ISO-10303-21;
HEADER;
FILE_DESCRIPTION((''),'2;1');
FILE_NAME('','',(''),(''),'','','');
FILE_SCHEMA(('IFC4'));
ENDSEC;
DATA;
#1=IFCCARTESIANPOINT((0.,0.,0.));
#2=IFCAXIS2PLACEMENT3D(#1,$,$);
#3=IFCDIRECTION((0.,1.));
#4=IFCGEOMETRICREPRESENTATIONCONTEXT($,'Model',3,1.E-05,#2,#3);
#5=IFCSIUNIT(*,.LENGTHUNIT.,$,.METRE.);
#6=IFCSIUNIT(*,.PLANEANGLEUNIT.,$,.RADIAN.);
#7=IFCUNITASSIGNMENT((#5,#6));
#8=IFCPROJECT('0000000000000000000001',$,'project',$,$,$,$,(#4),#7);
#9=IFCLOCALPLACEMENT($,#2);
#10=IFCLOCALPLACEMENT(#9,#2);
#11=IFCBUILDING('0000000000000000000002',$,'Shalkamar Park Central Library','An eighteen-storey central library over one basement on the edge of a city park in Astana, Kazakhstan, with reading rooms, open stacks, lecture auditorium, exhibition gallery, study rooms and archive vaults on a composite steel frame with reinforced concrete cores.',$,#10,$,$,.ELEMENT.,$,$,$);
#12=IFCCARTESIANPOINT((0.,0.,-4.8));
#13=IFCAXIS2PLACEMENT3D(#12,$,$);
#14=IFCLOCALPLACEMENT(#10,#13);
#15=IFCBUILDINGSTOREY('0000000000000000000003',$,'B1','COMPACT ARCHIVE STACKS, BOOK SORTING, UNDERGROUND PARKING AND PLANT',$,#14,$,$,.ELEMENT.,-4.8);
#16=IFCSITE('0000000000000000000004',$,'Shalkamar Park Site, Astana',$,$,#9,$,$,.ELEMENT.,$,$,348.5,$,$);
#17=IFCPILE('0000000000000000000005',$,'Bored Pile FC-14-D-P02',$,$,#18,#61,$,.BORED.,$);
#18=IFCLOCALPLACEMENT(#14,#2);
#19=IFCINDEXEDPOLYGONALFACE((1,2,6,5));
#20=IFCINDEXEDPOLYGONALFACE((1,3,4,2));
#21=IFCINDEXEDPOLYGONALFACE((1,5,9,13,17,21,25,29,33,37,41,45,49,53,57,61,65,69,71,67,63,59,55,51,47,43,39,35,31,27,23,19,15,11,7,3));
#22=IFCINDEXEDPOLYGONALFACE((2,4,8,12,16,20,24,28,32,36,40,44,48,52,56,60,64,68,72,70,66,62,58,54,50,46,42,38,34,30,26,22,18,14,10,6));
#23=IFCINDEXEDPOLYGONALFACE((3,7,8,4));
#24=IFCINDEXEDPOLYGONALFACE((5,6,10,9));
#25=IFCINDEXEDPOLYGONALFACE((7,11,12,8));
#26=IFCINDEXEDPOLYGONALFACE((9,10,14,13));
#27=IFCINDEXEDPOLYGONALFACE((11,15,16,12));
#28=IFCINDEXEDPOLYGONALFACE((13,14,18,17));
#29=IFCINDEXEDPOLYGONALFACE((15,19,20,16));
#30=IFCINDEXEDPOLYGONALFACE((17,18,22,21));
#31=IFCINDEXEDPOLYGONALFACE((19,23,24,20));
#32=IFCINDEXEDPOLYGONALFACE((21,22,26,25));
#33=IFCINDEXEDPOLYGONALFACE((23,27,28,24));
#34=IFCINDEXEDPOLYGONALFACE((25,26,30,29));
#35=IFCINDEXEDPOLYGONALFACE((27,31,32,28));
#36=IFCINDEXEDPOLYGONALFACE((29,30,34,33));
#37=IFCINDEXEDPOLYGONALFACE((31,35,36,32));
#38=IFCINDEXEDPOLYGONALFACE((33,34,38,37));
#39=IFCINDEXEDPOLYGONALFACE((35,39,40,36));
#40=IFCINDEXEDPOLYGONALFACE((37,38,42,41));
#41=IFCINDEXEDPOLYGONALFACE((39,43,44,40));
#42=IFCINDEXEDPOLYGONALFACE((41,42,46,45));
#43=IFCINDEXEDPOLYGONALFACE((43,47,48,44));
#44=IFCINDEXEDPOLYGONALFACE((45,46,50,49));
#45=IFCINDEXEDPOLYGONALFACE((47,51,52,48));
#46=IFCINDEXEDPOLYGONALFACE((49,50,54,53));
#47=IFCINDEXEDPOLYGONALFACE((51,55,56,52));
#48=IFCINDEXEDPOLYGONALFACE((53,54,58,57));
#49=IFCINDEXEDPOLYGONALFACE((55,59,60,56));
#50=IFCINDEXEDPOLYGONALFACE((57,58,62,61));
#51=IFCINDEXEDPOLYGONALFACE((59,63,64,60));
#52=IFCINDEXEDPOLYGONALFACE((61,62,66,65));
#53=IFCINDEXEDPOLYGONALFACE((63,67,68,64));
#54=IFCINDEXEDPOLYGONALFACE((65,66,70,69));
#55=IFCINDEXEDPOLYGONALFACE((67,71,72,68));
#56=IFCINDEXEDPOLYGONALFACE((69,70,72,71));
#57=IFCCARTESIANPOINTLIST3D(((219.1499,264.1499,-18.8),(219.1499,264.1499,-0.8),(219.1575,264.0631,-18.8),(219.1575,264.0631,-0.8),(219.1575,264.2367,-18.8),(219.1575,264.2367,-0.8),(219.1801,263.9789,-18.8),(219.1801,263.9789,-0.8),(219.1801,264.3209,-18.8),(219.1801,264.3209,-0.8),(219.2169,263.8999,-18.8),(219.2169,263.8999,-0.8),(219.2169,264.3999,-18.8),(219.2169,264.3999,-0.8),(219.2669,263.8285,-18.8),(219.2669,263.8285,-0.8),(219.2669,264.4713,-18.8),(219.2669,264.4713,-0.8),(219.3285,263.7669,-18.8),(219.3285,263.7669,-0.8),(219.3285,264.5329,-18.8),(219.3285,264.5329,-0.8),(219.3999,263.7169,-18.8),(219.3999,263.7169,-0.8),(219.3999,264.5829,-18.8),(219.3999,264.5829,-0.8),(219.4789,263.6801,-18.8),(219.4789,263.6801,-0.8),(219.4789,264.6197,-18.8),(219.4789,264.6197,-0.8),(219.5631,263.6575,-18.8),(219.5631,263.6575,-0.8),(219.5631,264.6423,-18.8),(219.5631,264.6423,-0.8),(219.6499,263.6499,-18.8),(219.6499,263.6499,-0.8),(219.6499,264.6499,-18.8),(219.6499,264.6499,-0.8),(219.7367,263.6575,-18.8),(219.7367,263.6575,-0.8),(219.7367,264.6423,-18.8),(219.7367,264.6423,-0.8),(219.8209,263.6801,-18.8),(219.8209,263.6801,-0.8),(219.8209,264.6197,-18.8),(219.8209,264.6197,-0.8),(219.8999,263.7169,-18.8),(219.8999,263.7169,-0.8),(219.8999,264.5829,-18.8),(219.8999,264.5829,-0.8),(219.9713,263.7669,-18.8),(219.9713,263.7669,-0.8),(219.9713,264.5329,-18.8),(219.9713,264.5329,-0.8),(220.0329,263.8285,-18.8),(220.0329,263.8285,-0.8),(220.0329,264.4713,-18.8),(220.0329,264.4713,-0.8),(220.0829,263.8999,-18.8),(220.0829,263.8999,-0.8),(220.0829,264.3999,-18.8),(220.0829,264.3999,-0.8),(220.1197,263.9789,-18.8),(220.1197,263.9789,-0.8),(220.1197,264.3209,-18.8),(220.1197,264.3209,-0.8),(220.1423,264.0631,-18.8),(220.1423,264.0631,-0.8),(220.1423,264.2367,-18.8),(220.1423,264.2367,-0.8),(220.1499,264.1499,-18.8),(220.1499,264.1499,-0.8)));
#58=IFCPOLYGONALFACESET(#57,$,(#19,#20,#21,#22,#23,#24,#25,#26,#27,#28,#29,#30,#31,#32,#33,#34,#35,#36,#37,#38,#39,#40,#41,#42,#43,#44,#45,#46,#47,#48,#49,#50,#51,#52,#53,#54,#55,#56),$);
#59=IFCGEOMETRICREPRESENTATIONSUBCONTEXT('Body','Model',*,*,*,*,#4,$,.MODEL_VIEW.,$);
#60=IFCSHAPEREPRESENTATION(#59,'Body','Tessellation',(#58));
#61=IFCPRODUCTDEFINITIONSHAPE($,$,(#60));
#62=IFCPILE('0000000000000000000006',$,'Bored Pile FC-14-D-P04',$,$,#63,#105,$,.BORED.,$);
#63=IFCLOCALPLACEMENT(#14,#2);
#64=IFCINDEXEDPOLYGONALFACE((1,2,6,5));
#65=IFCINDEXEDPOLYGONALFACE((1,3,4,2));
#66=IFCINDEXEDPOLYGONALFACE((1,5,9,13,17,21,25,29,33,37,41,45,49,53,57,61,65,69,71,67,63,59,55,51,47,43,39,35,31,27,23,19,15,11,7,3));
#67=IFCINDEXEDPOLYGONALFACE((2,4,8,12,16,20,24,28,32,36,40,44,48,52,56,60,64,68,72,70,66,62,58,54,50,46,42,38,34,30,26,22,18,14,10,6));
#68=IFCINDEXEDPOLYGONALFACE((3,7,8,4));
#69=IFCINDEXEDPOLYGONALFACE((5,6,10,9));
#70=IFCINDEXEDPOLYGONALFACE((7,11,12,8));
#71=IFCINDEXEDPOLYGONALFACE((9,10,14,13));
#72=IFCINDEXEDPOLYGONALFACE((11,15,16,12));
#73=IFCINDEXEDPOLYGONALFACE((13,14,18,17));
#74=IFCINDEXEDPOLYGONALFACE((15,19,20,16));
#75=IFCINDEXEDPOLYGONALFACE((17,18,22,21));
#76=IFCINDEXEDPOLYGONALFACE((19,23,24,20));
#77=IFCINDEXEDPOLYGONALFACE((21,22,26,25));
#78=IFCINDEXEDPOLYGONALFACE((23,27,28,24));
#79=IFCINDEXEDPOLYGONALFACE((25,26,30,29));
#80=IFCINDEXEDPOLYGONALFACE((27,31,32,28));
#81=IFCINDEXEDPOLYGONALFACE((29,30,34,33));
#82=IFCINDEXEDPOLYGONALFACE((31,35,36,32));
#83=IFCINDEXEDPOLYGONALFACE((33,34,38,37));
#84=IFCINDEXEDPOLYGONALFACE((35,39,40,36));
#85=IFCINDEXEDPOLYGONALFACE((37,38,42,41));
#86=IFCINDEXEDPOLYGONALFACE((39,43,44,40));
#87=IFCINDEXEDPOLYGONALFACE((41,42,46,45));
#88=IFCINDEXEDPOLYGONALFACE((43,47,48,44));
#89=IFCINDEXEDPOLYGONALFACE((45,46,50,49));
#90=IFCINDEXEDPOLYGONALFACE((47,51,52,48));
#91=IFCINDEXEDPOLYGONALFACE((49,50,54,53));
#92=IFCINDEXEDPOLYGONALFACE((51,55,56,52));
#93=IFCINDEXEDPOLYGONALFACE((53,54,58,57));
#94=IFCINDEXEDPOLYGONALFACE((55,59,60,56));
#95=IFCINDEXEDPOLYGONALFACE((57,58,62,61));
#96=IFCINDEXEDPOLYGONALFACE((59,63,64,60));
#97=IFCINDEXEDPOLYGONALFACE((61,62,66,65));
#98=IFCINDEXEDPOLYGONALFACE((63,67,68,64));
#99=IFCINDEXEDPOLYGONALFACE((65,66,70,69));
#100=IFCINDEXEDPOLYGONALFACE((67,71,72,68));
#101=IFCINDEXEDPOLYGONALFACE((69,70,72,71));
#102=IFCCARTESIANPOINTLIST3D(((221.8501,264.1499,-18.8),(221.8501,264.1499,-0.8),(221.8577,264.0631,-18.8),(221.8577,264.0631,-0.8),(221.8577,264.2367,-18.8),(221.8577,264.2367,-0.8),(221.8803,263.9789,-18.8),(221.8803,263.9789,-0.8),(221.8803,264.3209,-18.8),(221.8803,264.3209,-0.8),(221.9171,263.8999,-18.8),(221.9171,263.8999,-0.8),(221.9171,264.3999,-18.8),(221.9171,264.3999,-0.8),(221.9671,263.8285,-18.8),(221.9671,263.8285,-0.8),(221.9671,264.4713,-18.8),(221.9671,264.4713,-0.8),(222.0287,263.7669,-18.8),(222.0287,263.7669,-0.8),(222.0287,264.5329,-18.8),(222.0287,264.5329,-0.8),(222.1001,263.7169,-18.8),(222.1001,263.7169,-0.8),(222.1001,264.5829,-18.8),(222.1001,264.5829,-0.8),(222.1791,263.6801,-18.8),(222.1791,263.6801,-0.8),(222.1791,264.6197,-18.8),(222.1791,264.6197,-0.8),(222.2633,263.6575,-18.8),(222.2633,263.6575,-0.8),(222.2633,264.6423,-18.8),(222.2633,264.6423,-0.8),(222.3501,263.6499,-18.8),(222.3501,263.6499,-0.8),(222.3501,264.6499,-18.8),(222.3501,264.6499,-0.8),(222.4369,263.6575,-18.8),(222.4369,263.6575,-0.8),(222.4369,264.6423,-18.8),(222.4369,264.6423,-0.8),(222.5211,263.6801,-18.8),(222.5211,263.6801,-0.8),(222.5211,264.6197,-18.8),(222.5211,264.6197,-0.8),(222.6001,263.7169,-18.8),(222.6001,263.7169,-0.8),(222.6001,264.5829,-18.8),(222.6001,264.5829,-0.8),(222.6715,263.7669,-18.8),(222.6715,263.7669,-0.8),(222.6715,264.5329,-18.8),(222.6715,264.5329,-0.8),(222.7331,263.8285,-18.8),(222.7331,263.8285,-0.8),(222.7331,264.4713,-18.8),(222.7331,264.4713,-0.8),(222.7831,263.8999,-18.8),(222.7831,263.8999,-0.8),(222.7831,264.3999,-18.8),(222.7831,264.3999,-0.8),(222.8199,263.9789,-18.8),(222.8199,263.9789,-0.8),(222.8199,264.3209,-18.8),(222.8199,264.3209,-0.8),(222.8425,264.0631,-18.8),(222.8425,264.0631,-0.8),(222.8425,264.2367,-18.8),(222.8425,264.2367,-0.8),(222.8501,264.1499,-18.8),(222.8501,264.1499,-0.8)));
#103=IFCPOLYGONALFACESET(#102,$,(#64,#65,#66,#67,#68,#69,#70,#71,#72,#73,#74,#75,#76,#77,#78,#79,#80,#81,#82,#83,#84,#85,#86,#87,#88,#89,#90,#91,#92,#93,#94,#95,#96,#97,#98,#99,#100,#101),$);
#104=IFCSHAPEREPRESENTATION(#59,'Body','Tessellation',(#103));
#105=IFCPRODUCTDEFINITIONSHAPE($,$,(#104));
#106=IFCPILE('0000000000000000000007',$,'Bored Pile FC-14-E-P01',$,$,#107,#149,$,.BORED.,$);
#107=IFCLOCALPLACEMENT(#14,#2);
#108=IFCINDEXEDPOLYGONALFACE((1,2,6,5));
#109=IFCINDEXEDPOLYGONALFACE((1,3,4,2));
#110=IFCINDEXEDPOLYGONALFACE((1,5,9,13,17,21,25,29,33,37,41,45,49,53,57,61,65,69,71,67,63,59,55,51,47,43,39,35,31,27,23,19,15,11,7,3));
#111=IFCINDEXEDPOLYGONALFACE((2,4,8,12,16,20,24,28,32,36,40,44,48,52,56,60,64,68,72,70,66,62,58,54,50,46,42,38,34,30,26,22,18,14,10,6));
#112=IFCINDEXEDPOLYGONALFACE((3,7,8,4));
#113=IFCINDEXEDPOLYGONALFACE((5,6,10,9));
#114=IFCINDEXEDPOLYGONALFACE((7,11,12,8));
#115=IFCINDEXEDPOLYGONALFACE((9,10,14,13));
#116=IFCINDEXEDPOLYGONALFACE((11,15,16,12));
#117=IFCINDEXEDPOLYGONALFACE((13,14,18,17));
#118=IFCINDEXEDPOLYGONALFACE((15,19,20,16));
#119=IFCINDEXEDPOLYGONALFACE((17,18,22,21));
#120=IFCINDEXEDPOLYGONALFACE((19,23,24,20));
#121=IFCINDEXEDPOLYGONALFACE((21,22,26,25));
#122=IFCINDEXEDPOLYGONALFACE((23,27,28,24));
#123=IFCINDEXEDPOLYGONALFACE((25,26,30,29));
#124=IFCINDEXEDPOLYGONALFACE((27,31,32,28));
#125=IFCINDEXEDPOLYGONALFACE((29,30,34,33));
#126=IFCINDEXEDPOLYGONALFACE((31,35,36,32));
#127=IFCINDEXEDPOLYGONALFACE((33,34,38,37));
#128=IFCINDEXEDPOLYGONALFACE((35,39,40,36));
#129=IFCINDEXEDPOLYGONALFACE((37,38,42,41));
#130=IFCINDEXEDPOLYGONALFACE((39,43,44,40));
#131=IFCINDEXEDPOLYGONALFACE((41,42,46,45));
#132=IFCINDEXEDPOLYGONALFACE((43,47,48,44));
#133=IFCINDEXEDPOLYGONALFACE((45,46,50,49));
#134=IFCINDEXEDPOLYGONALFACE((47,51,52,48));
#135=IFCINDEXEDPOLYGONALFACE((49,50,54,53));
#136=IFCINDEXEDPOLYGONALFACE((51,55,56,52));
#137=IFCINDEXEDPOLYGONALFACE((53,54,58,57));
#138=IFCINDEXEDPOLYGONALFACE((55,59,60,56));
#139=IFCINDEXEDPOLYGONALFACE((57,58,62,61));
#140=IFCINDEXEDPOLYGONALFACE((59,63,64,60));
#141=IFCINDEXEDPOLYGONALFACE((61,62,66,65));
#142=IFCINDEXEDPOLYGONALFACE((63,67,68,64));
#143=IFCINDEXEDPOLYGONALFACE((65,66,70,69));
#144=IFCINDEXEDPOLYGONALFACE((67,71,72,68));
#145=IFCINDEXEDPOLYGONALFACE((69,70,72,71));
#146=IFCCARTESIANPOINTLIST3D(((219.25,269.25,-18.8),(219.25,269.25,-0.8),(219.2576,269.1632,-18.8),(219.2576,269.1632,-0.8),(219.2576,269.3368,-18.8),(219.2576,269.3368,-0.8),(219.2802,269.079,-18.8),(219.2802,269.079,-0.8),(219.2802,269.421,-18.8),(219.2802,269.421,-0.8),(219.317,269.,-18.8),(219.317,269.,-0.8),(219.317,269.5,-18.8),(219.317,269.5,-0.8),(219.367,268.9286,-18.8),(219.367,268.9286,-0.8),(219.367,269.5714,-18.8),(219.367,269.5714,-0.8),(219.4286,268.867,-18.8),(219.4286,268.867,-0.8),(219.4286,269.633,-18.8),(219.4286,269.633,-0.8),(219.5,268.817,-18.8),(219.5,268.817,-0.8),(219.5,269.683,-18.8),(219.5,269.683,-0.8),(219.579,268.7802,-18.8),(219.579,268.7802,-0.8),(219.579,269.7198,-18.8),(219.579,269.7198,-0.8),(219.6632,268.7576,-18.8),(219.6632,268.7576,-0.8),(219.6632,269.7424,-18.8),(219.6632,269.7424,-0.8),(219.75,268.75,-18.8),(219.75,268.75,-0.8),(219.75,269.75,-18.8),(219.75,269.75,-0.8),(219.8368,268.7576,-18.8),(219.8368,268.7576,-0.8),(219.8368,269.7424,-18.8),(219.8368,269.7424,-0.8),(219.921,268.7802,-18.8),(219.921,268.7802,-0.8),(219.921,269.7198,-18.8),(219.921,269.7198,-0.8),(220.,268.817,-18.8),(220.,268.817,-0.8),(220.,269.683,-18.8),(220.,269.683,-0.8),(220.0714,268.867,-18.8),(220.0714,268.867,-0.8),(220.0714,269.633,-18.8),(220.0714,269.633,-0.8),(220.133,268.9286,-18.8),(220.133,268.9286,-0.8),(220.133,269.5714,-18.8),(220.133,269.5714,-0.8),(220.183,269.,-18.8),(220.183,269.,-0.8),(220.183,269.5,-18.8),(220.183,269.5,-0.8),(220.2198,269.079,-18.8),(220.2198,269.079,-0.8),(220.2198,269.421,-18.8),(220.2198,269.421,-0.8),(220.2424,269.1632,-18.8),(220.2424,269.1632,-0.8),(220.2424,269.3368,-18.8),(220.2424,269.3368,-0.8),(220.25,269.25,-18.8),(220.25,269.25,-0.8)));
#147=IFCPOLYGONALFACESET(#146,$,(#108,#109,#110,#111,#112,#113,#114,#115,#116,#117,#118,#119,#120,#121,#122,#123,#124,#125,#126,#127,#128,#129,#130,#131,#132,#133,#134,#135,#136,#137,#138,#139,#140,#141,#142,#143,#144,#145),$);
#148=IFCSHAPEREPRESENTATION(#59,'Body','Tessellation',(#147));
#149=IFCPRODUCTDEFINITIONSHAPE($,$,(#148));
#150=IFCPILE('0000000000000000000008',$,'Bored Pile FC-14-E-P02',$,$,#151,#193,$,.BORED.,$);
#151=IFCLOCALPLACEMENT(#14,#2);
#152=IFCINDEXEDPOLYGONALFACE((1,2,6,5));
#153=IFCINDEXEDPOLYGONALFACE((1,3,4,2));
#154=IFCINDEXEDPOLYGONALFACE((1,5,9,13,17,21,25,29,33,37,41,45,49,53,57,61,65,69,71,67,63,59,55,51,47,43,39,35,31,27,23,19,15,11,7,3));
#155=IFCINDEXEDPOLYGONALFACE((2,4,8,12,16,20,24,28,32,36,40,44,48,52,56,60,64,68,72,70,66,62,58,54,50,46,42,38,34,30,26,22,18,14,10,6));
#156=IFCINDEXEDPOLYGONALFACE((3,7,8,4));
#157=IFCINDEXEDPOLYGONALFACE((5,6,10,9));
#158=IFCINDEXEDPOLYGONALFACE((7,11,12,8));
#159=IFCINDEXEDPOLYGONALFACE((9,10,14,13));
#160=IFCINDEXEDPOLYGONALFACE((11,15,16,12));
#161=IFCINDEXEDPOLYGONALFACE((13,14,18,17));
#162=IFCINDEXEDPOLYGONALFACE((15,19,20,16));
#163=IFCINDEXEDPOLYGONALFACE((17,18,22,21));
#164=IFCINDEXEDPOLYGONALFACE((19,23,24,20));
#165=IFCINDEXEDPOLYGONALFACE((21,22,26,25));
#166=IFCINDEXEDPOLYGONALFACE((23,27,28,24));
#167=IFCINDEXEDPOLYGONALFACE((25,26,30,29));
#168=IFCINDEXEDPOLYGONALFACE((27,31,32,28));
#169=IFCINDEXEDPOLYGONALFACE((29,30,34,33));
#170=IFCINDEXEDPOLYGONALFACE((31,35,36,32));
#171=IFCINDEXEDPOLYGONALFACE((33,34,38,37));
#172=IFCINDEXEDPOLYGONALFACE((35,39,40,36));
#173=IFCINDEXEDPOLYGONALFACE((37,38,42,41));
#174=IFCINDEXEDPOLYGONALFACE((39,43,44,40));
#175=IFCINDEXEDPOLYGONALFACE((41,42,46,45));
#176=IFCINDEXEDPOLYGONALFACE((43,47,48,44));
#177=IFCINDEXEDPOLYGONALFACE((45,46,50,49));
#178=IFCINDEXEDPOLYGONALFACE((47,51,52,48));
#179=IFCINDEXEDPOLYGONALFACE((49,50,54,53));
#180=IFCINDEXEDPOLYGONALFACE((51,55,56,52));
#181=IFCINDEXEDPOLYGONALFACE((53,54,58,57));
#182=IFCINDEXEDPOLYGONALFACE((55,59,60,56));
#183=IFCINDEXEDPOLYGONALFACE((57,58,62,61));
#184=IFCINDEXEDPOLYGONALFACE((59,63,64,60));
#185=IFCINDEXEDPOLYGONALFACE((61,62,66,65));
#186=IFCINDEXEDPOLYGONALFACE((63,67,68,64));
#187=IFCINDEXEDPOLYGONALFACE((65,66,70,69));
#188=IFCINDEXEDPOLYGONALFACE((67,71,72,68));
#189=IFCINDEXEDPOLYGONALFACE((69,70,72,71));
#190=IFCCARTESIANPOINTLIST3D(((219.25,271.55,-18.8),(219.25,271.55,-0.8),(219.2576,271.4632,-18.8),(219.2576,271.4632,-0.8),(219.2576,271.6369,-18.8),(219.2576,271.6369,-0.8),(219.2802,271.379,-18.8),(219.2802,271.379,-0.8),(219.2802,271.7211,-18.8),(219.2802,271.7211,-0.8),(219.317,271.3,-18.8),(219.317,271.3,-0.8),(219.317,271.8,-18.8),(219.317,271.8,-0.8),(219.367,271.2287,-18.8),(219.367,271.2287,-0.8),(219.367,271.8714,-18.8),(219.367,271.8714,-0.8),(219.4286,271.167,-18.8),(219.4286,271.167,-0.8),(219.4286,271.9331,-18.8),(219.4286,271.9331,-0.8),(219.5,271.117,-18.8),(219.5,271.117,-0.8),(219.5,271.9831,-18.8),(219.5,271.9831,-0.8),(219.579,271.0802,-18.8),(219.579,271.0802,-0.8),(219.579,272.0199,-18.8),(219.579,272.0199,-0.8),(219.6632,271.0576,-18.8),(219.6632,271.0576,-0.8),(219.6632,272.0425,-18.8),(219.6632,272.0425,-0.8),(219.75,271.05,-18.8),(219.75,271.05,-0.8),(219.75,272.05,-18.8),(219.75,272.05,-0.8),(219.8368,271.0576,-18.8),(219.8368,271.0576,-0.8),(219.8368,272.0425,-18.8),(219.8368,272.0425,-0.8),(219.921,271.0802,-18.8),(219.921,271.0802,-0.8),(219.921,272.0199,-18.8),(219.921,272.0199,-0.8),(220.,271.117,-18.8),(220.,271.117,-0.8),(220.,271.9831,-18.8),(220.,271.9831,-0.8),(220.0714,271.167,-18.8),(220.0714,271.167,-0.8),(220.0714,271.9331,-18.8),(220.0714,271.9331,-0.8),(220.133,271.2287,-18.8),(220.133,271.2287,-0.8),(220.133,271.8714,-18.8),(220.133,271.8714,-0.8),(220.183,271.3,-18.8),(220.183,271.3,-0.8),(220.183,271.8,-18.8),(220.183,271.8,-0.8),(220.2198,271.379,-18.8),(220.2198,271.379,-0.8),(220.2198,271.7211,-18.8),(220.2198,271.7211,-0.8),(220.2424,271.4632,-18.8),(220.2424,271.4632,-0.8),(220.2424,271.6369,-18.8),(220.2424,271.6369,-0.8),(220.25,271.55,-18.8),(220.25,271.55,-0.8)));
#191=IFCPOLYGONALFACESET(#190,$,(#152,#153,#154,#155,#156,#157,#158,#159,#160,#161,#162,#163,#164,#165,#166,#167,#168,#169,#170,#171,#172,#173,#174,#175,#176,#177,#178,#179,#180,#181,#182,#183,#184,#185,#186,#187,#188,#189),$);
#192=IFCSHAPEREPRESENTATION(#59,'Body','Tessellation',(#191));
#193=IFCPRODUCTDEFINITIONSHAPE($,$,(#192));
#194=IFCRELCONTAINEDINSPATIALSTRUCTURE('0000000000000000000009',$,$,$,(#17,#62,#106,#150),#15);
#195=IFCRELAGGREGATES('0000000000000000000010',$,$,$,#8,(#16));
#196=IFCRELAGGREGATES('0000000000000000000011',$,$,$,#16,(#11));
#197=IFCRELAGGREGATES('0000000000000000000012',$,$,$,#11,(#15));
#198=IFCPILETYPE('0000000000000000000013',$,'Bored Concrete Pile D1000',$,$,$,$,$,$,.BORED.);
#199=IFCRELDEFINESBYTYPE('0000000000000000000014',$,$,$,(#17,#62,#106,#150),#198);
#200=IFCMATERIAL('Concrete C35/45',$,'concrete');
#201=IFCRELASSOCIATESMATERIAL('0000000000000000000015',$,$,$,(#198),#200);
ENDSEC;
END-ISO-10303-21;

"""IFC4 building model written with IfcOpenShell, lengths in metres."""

from ifc_helpers import new_model, si_unit, direction, frame, origin, origin_2d, place, context, subcontext, project, spatial, circle, extrude, material, material_profile, profile_set, type_object, element, save


model = new_model("IFC4")

# Units and contexts
model_context = context("Model", 3, precision=1e-05, world=origin(), true_north=direction((0.0, 1.0)))
body_context = subcontext(model_context, "Body", "Model", "MODEL_VIEW")
ifc_project = project(units=[si_unit("LENGTHUNIT", "METRE"), si_unit("PLANEANGLEUNIT", "RADIAN")], contexts=[model_context])

# Site, building, storey
site_placement = place(None, origin())
site = spatial("IfcSite", under=ifc_project, at=site_placement, Name="Shalkamar Park Site, Astana", CompositionType="ELEMENT", RefElevation=348.5)
building_placement = place(site_placement, origin())
building = spatial("IfcBuilding", under=site, at=building_placement, Name="Shalkamar Park Central Library", Description="An eighteen-storey central library over one basement on the edge of a city park in Astana, Kazakhstan, with reading rooms, open stacks, lecture auditorium, exhibition gallery, study rooms and archive vaults on a composite steel frame with reinforced concrete cores.", CompositionType="ELEMENT")
storey_placement = place(building_placement, frame((0.0, 0.0, -4.8)))
storey = spatial("IfcBuildingStorey", under=building, at=storey_placement, Name="B1", Description="COMPACT ARCHIVE STACKS, BOOK SORTING, UNDERGROUND PARKING AND PLANT", CompositionType="ELEMENT", Elevation=-4.8)

# Piles
ifc_material_1 = material(Name="Concrete C35/45", Category="concrete")
ifc_material_profile_1 = material_profile(ifc_material_1, circle(Radius=0.5, at=origin_2d()), Name="PILE D1000")
ifc_profile_set_1 = profile_set([ifc_material_profile_1], Name="Concrete C35/45")
pile_type_1 = type_object("IfcPileType", Name="Bored Concrete Pile D1000", PredefinedType="BORED", material=ifc_profile_set_1)
for number, where, z_axis, x_axis, name in (
    (1, (219.6499, 264.1499, -0.8), (0.0, 0.0, -1.0), (1.0, 0.0, 0.0), "Bored Pile FC-14-D-P02"),
    (2, (222.3501, 264.1499, -0.8), (0.0, 0.0, -1.0), (1.0, 0.0, 0.0), "Bored Pile FC-14-D-P04"),
    (3, (219.75, 269.25, -0.8), (0.0, 0.0, -1.0), (1.0, 0.0, 0.0), "Bored Pile FC-14-E-P01"),
    (4, (219.75, 271.55, -0.8), (0.0, 0.0, -1.0), (1.0, 0.0, 0.0), "Bored Pile FC-14-E-P02"),
):
    element("IfcPile", number, at=place(storey_placement, frame(where, z_axis=z_axis, x_axis=x_axis)), inside=storey, type_object=pile_type_1, Name=name, PredefinedType="BORED", context=body_context, shape_type="SweptSolid", body=[
        extrude(circle(Radius=0.5, at=origin_2d()), origin(), (0.0, 0.0, 1.0), 18.0),
    ])

save(model, "model.ifc")
